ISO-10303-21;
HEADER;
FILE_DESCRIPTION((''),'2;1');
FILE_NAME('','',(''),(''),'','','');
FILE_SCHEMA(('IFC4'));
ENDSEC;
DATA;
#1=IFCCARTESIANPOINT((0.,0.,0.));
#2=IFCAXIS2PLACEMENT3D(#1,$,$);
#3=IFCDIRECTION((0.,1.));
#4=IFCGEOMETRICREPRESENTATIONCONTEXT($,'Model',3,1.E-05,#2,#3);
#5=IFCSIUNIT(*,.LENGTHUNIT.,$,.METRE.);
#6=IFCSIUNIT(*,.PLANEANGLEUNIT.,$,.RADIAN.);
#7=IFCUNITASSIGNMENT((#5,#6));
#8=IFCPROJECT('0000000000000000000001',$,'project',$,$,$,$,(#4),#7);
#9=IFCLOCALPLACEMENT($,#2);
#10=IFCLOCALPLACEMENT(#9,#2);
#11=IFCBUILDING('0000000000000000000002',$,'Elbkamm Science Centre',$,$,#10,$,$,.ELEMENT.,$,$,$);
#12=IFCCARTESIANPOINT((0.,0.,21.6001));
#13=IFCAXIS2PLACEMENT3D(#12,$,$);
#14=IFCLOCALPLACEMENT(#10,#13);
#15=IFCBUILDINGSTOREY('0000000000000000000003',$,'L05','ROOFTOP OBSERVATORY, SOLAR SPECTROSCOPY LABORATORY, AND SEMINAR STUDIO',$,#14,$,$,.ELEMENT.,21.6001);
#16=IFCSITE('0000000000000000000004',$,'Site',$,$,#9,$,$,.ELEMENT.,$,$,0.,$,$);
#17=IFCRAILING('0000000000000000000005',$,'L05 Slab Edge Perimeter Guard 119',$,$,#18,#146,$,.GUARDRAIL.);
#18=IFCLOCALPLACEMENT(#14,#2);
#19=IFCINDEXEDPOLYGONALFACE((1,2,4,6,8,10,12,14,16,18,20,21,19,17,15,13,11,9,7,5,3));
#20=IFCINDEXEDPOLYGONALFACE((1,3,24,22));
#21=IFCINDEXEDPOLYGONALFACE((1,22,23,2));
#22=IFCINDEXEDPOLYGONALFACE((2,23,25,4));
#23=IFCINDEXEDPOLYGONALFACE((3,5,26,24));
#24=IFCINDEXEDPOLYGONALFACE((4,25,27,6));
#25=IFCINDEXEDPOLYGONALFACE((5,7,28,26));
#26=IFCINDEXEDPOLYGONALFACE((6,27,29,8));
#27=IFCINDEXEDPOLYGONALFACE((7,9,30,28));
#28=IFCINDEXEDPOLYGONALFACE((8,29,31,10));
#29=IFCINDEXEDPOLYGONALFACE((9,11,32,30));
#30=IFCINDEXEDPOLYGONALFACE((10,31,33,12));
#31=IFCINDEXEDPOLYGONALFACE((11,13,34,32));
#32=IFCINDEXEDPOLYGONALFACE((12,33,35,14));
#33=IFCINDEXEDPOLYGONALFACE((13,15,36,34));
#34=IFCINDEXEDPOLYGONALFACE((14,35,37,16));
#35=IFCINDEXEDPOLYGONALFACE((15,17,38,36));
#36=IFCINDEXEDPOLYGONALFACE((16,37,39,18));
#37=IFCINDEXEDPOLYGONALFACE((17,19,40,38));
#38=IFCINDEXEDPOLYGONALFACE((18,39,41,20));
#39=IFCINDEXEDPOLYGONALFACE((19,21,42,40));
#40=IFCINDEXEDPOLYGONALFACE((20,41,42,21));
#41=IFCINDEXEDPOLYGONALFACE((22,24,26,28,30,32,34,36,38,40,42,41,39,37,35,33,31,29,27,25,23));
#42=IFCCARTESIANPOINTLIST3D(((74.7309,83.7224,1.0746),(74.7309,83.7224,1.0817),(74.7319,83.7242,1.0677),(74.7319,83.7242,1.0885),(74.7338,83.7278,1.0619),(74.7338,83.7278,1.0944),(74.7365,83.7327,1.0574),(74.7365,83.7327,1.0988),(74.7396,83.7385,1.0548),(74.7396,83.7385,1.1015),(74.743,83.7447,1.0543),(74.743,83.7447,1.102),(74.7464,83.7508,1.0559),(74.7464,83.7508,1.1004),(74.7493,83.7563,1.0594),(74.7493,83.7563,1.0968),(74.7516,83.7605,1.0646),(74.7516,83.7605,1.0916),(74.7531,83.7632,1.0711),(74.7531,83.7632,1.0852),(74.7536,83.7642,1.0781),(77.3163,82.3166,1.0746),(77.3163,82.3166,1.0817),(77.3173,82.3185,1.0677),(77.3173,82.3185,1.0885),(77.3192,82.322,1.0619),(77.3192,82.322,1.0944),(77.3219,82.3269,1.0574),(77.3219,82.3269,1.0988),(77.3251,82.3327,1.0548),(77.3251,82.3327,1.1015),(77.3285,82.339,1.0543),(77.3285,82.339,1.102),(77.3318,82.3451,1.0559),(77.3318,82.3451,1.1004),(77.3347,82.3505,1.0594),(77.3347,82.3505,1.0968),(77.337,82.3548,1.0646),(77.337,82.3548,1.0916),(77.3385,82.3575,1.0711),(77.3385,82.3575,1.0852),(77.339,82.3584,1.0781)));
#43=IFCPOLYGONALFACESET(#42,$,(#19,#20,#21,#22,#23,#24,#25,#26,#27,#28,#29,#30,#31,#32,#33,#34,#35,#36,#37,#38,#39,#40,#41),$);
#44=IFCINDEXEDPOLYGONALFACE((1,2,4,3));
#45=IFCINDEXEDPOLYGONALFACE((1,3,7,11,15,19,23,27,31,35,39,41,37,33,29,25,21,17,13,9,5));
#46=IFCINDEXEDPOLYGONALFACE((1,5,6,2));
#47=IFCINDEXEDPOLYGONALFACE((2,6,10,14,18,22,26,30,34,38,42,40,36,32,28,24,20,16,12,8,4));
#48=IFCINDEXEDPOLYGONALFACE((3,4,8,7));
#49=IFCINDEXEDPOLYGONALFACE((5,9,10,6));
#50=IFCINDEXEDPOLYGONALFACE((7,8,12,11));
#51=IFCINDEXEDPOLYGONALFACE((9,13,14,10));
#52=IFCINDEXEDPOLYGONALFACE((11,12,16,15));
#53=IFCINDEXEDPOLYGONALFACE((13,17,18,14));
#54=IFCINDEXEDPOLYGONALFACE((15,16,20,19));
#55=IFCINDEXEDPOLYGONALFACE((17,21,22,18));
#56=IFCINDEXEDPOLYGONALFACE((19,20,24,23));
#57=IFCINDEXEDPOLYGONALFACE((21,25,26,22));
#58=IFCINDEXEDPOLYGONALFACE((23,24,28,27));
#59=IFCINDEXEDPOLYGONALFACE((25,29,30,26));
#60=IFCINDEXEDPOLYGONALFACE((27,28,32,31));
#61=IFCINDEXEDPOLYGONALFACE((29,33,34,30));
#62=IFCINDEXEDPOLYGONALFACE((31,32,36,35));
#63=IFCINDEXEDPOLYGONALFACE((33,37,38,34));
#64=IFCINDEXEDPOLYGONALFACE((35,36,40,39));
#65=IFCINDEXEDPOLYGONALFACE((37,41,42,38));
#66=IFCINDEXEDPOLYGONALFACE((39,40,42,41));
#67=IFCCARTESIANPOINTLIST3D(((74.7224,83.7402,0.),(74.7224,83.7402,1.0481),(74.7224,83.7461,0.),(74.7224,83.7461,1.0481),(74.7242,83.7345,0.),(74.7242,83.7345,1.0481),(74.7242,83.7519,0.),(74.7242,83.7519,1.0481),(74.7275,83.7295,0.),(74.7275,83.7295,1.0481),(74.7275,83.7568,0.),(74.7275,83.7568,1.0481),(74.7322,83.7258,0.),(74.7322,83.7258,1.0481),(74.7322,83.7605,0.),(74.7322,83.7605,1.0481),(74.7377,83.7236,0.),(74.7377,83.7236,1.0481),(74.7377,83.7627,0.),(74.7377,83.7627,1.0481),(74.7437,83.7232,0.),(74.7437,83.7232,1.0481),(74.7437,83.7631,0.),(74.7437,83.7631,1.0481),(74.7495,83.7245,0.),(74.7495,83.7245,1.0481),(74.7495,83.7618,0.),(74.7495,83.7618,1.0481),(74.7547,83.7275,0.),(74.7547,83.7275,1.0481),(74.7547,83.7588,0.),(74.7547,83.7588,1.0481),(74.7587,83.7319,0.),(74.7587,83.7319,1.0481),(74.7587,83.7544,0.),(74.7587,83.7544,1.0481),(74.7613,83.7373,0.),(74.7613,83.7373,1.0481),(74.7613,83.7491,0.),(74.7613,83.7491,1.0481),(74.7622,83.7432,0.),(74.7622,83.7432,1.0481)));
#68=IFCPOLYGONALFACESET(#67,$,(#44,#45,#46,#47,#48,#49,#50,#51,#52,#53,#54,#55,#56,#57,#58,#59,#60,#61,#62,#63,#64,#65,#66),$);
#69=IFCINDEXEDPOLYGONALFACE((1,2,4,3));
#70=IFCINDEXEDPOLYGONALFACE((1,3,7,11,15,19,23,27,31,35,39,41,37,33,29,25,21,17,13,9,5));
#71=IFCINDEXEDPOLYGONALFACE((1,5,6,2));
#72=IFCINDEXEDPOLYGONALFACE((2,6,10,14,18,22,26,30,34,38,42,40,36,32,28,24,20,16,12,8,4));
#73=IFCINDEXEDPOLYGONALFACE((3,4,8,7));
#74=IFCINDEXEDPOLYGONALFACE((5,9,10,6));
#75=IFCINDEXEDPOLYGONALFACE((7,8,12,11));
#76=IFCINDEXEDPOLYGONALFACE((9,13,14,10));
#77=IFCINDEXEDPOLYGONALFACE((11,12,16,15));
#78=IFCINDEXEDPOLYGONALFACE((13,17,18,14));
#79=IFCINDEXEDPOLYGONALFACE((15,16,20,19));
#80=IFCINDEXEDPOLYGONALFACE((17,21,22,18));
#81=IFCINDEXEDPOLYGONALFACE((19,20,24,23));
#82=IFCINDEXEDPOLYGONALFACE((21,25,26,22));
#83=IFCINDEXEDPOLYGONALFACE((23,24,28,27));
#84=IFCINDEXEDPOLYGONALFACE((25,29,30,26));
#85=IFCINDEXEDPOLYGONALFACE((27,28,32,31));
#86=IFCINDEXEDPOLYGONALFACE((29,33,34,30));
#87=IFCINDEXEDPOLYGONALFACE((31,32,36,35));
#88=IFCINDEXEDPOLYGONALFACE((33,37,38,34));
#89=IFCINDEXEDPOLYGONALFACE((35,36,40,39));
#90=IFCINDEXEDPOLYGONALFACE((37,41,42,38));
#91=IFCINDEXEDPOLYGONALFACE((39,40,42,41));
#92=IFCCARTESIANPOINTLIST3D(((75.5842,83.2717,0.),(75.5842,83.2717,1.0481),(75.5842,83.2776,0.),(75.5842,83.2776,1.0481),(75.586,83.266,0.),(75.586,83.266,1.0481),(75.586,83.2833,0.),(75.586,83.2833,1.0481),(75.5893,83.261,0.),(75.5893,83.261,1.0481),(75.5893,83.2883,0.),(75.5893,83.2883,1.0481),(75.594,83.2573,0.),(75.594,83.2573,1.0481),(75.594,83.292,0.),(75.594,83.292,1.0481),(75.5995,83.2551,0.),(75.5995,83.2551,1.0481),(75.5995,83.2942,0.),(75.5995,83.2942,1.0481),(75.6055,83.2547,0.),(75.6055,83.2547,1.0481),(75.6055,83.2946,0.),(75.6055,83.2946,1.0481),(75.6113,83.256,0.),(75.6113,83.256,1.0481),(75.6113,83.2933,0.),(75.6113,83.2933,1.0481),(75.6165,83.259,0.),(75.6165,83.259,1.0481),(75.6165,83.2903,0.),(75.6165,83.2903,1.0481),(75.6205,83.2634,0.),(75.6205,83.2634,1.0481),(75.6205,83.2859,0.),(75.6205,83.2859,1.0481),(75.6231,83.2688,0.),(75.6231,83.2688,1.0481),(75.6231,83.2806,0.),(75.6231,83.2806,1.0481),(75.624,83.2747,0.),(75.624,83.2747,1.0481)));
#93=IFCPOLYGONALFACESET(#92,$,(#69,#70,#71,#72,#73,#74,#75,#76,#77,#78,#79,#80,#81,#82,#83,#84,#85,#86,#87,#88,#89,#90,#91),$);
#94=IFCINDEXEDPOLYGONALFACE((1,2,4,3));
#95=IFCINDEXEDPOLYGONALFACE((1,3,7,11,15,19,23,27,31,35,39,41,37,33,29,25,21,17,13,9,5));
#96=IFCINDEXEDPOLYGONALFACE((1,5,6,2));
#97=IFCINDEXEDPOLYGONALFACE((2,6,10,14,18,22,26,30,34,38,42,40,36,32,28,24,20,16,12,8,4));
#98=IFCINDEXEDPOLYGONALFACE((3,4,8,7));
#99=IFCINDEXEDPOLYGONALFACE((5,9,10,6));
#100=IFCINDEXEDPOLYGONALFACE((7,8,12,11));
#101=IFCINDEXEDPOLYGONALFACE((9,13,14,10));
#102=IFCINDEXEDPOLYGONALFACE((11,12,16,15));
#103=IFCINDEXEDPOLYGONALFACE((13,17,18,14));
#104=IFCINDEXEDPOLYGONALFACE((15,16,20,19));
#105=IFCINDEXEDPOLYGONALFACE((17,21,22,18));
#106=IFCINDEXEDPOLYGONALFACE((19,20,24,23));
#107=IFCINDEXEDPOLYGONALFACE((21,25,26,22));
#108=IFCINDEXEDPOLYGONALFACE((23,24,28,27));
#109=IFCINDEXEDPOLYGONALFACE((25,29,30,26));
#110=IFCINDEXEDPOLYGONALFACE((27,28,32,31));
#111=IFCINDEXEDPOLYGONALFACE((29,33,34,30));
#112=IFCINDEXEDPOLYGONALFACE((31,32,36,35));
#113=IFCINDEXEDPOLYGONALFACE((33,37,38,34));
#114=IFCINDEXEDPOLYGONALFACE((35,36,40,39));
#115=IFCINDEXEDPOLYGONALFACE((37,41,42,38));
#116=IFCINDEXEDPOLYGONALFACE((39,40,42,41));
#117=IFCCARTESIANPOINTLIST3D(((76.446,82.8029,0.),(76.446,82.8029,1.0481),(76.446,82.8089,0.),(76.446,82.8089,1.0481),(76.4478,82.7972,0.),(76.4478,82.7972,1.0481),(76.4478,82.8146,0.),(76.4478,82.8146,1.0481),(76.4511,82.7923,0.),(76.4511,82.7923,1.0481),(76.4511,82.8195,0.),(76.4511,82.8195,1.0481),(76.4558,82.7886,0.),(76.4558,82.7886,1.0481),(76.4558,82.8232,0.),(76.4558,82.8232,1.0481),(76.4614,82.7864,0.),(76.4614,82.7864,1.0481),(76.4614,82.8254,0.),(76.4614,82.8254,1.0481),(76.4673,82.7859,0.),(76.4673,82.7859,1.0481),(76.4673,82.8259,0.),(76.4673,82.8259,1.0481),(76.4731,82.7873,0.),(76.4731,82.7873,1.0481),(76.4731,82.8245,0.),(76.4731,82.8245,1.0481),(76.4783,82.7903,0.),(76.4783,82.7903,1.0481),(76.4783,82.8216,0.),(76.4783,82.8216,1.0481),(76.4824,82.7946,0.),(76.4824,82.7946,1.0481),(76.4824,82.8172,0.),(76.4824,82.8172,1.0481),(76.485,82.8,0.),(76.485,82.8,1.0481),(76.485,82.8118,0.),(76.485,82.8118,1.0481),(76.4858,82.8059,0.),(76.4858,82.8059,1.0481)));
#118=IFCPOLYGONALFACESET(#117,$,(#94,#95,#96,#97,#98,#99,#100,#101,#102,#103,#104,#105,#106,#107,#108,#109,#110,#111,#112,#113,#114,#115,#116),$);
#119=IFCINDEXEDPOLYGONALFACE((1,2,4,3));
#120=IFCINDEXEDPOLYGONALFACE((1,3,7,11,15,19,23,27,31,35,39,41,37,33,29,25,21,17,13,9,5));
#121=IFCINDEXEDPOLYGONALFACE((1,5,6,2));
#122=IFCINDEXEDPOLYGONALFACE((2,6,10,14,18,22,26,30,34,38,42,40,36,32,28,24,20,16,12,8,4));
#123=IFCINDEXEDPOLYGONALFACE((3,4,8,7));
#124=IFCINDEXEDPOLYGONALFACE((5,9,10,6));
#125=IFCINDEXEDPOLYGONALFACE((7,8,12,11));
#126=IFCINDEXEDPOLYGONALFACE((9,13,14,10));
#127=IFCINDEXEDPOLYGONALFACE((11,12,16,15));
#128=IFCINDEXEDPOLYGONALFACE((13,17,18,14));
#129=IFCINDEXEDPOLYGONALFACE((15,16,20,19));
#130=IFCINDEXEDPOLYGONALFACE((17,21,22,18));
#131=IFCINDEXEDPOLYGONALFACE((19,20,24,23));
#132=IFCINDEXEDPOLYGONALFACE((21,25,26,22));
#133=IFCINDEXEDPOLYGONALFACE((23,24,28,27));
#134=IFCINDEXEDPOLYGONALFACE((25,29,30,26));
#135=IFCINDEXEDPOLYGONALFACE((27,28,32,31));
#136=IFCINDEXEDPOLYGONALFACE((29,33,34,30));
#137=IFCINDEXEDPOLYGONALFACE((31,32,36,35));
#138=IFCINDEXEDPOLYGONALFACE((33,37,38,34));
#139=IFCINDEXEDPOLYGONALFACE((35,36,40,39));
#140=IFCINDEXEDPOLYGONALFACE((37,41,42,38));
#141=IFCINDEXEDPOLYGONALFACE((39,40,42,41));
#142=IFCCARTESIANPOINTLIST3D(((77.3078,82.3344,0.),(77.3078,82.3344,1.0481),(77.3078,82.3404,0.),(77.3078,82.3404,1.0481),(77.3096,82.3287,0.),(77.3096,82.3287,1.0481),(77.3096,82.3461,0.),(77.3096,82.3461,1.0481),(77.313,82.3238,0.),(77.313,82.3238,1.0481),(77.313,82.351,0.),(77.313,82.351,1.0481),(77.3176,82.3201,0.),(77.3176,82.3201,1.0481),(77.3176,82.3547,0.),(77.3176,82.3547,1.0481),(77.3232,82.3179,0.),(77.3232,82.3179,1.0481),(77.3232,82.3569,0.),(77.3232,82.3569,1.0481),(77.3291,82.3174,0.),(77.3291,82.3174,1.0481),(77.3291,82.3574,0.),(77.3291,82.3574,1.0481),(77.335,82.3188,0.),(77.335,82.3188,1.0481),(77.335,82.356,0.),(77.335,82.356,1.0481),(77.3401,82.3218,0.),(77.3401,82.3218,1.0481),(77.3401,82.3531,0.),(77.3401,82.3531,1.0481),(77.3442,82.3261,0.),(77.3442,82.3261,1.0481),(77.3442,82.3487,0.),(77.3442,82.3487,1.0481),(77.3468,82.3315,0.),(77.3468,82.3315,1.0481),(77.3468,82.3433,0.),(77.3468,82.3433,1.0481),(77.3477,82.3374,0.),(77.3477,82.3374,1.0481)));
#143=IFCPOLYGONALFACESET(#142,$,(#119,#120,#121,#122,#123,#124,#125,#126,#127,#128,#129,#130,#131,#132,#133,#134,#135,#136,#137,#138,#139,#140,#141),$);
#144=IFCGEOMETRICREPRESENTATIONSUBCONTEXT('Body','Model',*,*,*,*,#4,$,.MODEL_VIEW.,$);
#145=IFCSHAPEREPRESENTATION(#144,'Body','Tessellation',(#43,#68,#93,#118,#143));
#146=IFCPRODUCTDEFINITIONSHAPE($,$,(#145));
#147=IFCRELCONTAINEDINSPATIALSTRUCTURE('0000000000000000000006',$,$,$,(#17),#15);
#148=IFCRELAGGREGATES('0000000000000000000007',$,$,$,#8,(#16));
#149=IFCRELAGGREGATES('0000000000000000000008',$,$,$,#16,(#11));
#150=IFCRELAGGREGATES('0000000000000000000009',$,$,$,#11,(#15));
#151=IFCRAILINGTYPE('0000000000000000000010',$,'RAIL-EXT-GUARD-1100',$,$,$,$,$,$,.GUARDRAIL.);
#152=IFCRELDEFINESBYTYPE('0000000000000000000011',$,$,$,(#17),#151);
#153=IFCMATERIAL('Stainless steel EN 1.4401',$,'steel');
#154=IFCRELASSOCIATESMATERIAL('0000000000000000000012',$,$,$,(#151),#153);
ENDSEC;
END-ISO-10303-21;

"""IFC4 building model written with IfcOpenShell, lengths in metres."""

from ifc_helpers import new_model, si_unit, direction, frame, origin, origin_2d, place, context, subcontext, project, spatial, circle, extrude, material, type_object, element, save


model = new_model("IFC4")

# Units and contexts
model_context = context("Model", 3, precision=1e-05, world=origin(), true_north=direction((0.0, 1.0)))
body_context = subcontext(model_context, "Body", "Model", "MODEL_VIEW")
ifc_project = project(units=[si_unit("LENGTHUNIT", "METRE"), si_unit("PLANEANGLEUNIT", "RADIAN")], contexts=[model_context])

# Site, building, storey
site_placement = place(None, origin())
site = spatial("IfcSite", under=ifc_project, at=site_placement, Name="Site", CompositionType="ELEMENT", RefElevation=0.0)
building_placement = place(site_placement, origin())
building = spatial("IfcBuilding", under=site, at=building_placement, Name="Elbkamm Science Centre", CompositionType="ELEMENT")
storey_placement = place(building_placement, frame((0.0, 0.0, 21.6001)))
storey = spatial("IfcBuildingStorey", under=building, at=storey_placement, Name="L05", Description="ROOFTOP OBSERVATORY, SOLAR SPECTROSCOPY LABORATORY, AND SEMINAR STUDIO", CompositionType="ELEMENT", Elevation=21.6001)

# Railing
ifc_material_1 = material(Name="Stainless steel EN 1.4401", Category="steel")
railing_type = type_object("IfcRailingType", Name="RAIL-EXT-GUARD-1100", PredefinedType="GUARDRAIL", material=ifc_material_1)
railing_1_placement = place(storey_placement, frame((74.7422, 83.7432, 0.0)))
element("IfcRailing", 1, at=railing_1_placement, inside=storey, type_object=railing_type, Name="L05 Slab Edge Perimeter Guard 119", PredefinedType="GUARDRAIL", context=body_context, shape_type="SweptSolid", body=[
    extrude(circle(Radius=0.0239, at=origin_2d()), frame((0.0, 0.0, 1.0781), z_axis=(0.878535, -0.477678, 0.0), x_axis=(0.477678, 0.878535, 0.0)), (0.0, 0.0, 1.0), 2.9429),
    extrude(circle(Radius=0.02, at=origin_2d()), origin(), (0.0, 0.0, 1.0), 1.0481),
    extrude(circle(Radius=0.02, at=origin_2d()), frame((0.8618, -0.4685, 0.0)), (0.0, 0.0, 1.0), 1.0481),
    extrude(circle(Radius=0.02, at=origin_2d()), frame((1.7236, -0.9373, 0.0)), (0.0, 0.0, 1.0), 1.0481),
    extrude(circle(Radius=0.02, at=origin_2d()), frame((2.5854, -1.4058, 0.0)), (0.0, 0.0, 1.0), 1.0481),
])

save(model, "model.ifc")
